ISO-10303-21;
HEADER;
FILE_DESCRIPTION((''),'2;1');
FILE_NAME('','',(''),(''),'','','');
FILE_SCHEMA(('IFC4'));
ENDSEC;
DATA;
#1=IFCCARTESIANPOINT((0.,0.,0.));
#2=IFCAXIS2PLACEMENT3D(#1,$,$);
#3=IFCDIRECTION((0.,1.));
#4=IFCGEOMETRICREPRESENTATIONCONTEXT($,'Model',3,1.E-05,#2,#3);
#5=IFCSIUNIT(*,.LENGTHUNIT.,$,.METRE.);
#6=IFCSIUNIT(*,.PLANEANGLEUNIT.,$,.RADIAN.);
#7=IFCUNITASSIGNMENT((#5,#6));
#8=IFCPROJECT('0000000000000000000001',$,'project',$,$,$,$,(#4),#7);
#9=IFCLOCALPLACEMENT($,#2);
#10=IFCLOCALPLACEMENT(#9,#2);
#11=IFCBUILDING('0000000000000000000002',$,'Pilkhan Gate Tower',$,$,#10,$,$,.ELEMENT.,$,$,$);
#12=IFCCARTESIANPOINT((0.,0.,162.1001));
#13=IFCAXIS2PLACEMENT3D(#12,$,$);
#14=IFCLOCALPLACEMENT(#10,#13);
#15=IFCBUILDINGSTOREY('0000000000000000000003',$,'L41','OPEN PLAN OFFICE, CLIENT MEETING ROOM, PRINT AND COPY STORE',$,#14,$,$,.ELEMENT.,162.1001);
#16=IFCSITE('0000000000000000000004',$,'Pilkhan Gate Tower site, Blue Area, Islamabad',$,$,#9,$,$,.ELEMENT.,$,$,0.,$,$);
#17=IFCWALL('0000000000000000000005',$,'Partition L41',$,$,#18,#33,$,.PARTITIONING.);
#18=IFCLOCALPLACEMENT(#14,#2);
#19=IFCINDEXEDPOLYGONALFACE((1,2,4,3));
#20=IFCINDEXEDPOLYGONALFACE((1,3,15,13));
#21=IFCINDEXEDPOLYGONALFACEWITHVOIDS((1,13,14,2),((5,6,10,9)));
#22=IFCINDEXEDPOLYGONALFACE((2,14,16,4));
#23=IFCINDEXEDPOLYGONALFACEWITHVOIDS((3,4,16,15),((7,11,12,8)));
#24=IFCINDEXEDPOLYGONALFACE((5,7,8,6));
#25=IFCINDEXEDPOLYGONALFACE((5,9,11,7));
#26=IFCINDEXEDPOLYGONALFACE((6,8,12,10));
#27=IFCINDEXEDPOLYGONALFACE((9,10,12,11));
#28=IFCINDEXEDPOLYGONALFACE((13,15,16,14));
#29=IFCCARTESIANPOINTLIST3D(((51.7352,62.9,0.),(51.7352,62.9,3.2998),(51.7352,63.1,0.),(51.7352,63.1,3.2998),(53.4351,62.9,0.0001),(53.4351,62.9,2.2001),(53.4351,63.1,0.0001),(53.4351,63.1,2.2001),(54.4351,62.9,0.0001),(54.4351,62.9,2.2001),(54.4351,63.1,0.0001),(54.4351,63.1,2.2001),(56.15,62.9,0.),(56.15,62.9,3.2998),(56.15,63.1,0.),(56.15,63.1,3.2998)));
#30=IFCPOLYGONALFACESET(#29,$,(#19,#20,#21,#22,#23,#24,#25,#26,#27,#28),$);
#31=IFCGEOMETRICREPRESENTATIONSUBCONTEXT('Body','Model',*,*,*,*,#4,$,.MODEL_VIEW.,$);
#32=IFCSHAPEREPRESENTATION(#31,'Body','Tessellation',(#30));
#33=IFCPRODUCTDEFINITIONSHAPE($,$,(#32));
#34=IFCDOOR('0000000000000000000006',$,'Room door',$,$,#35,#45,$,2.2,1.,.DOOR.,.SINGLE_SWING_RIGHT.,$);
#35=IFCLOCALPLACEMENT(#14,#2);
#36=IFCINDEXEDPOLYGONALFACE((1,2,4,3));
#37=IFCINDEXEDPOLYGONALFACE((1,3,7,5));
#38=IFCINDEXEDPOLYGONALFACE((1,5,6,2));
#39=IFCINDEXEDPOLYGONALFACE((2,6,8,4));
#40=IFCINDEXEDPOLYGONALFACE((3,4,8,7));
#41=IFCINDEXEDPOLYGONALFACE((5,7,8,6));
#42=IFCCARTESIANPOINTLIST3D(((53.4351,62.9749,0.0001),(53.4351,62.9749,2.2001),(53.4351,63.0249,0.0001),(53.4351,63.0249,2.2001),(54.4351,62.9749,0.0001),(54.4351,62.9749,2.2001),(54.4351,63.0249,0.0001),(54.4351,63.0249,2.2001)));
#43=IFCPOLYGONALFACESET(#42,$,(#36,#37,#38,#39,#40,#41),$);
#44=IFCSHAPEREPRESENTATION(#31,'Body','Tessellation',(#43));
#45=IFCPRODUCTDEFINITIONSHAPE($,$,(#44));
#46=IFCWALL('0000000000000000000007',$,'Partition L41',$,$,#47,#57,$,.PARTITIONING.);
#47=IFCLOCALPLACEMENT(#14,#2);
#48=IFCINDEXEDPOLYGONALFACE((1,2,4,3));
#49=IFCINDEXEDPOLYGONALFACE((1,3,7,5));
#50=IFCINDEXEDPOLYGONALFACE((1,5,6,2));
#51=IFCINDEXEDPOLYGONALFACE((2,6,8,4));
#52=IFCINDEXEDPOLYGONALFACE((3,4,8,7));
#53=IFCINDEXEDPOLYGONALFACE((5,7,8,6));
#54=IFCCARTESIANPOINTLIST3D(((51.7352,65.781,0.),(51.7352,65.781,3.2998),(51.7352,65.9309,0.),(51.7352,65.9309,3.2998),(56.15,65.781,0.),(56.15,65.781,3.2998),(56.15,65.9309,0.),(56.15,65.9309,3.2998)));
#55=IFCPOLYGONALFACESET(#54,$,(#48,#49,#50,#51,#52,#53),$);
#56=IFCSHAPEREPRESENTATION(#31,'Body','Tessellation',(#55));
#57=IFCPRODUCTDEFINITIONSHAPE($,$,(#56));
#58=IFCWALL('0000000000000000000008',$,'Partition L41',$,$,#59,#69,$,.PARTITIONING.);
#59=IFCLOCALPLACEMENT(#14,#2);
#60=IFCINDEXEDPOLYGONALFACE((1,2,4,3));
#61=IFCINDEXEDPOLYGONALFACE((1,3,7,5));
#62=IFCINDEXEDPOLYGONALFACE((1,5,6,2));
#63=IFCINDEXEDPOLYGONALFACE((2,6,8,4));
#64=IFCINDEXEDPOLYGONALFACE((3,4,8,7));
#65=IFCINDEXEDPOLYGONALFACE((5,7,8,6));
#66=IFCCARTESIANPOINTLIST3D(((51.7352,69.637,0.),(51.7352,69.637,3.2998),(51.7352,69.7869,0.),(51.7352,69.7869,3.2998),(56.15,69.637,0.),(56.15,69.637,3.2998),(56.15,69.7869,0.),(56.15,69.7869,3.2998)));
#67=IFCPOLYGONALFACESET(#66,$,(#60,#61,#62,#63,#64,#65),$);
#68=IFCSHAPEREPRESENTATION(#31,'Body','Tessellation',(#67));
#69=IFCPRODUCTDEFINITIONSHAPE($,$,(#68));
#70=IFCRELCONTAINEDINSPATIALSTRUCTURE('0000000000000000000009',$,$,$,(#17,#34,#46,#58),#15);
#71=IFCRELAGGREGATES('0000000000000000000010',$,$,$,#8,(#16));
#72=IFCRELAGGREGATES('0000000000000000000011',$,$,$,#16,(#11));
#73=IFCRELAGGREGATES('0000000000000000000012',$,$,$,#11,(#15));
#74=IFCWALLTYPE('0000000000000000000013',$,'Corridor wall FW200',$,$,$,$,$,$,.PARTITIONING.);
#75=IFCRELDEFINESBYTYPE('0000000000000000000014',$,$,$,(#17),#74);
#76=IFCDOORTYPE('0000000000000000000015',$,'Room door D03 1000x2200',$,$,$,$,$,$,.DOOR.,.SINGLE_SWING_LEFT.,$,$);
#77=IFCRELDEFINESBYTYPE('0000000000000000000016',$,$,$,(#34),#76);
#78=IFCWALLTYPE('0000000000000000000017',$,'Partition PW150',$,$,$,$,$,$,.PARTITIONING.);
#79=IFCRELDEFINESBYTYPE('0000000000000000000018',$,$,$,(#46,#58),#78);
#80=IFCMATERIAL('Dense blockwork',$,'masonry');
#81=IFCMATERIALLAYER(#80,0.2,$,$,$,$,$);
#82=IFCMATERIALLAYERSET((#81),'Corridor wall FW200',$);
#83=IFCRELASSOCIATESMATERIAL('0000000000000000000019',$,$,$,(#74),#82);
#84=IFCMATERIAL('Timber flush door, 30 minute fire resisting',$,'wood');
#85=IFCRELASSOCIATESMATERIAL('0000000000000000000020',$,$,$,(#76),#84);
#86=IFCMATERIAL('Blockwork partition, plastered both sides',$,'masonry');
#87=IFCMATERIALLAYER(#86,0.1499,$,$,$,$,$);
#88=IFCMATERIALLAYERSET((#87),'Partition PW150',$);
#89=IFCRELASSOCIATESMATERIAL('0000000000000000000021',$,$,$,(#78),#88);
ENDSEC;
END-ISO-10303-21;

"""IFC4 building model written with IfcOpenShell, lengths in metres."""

from ifc_helpers import new_model, si_unit, direction, frame, frame_2d, origin, place, context, subcontext, project, spatial, rectangle, extrude, material, layer, layer_set, type_object, element, fill, save


model = new_model("IFC4")

# Units and contexts
model_context = context("Model", 3, precision=1e-05, world=origin(), true_north=direction((0.0, 1.0)))
body_context = subcontext(model_context, "Body", "Model", "MODEL_VIEW")
ifc_project = project(units=[si_unit("LENGTHUNIT", "METRE"), si_unit("PLANEANGLEUNIT", "RADIAN")], contexts=[model_context])

# Site, building, storey
site_placement = place(None, origin())
site = spatial("IfcSite", under=ifc_project, at=site_placement, Name="Pilkhan Gate Tower site, Blue Area, Islamabad", CompositionType="ELEMENT", RefElevation=0.0)
building_placement = place(site_placement, origin())
building = spatial("IfcBuilding", under=site, at=building_placement, Name="Pilkhan Gate Tower", CompositionType="ELEMENT")
storey_placement = place(building_placement, frame((0.0, 0.0, 162.1001)))
storey = spatial("IfcBuildingStorey", under=building, at=storey_placement, Name="L41", Description="OPEN PLAN OFFICE, CLIENT MEETING ROOM, PRINT AND COPY STORE", CompositionType="ELEMENT", Elevation=162.1001)

# Shared definitions
ifc_material_1 = material(Name="Dense blockwork", Category="masonry")
ifc_layer_1 = layer(ifc_material_1, 0.2)
ifc_layer_set_1 = layer_set([ifc_layer_1], Name="Corridor wall FW200")
wall_type_1 = type_object("IfcWallType", Name="Corridor wall FW200", PredefinedType="PARTITIONING", material=ifc_layer_set_1)
ifc_material_2 = material(Name="Timber flush door, 30 minute fire resisting", Category="wood")
door_type = type_object("IfcDoorType", Name="Room door D03 1000x2200", OperationType="SINGLE_SWING_LEFT", PredefinedType="DOOR", material=ifc_material_2)

# Wall, opening, door
wall_1_placement = place(storey_placement, frame((51.7351, 63.0, 0.0), z_axis=(0.0, 0.0, 1.0), x_axis=(1.0, 0.0, 0.0)))
wall_1 = element("IfcWall", 1, at=wall_1_placement, inside=storey, type_object=wall_type_1, Name="Partition L41", PredefinedType="PARTITIONING", context=body_context, shape_type="SweptSolid", body=[
    extrude(rectangle(XDim=4.4148, YDim=0.2, at=frame_2d((2.2075, 0.0))), origin(), (0.0, 0.0, 1.0), 3.2998),
])
opening_1_placement = place(wall_1_placement, frame((1.7, 0.0, 0.0)))
opening_1 = element("IfcOpeningElement", 2, at=opening_1_placement, cuts=wall_1, PredefinedType="OPENING", context=body_context, shape_type="SweptSolid", body=[
    extrude(rectangle(XDim=1.0, YDim=2.2, at=frame_2d((0.5, 1.1001))), frame((0.0, 0.1099, 0.0), z_axis=(0.0, -1.0, 0.0), x_axis=(1.0, 0.0, 0.0)), (0.0, 0.0, 1.0), 0.22),
])
door_1_placement = place(opening_1_placement, origin())
door_1 = element("IfcDoor", 3, at=door_1_placement, inside=storey, type_object=door_type, Name="Room door", OperationType="SINGLE_SWING_RIGHT", OverallHeight=2.2, OverallWidth=1.0, PredefinedType="DOOR", context=body_context, shape_type="SweptSolid", body=[
    extrude(rectangle(XDim=1.0, YDim=2.2, at=frame_2d((0.5, 1.1001))), frame((0.0, 0.0249, 0.0), z_axis=(0.0, -1.0, 0.0), x_axis=(1.0, 0.0, 0.0)), (0.0, 0.0, 1.0), 0.05),
])
fill(opening_1, door_1)

# Walls
ifc_material_3 = material(Name="Blockwork partition, plastered both sides", Category="masonry")
ifc_layer_2 = layer(ifc_material_3, 0.1499)
ifc_layer_set_2 = layer_set([ifc_layer_2], Name="Partition PW150")
wall_type_2 = type_object("IfcWallType", Name="Partition PW150", PredefinedType="PARTITIONING", material=ifc_layer_set_2)
for number, where, z_axis, x_axis, name in (
    (4, (51.7351, 65.856, 0.0), (0.0, 0.0, 1.0), (1.0, 0.0, 0.0), "Partition L41"),
    (5, (51.7351, 69.7119, 0.0), (0.0, 0.0, 1.0), (1.0, 0.0, 0.0), "Partition L41"),
):
    element("IfcWall", number, at=place(storey_placement, frame(where, z_axis=z_axis, x_axis=x_axis)), inside=storey, type_object=wall_type_2, Name=name, PredefinedType="PARTITIONING", context=body_context, shape_type="SweptSolid", body=[
        extrude(rectangle(XDim=4.4148, YDim=0.1499, at=frame_2d((2.2075, 0.0))), origin(), (0.0, 0.0, 1.0), 3.2998),
    ])

save(model, "model.ifc")
